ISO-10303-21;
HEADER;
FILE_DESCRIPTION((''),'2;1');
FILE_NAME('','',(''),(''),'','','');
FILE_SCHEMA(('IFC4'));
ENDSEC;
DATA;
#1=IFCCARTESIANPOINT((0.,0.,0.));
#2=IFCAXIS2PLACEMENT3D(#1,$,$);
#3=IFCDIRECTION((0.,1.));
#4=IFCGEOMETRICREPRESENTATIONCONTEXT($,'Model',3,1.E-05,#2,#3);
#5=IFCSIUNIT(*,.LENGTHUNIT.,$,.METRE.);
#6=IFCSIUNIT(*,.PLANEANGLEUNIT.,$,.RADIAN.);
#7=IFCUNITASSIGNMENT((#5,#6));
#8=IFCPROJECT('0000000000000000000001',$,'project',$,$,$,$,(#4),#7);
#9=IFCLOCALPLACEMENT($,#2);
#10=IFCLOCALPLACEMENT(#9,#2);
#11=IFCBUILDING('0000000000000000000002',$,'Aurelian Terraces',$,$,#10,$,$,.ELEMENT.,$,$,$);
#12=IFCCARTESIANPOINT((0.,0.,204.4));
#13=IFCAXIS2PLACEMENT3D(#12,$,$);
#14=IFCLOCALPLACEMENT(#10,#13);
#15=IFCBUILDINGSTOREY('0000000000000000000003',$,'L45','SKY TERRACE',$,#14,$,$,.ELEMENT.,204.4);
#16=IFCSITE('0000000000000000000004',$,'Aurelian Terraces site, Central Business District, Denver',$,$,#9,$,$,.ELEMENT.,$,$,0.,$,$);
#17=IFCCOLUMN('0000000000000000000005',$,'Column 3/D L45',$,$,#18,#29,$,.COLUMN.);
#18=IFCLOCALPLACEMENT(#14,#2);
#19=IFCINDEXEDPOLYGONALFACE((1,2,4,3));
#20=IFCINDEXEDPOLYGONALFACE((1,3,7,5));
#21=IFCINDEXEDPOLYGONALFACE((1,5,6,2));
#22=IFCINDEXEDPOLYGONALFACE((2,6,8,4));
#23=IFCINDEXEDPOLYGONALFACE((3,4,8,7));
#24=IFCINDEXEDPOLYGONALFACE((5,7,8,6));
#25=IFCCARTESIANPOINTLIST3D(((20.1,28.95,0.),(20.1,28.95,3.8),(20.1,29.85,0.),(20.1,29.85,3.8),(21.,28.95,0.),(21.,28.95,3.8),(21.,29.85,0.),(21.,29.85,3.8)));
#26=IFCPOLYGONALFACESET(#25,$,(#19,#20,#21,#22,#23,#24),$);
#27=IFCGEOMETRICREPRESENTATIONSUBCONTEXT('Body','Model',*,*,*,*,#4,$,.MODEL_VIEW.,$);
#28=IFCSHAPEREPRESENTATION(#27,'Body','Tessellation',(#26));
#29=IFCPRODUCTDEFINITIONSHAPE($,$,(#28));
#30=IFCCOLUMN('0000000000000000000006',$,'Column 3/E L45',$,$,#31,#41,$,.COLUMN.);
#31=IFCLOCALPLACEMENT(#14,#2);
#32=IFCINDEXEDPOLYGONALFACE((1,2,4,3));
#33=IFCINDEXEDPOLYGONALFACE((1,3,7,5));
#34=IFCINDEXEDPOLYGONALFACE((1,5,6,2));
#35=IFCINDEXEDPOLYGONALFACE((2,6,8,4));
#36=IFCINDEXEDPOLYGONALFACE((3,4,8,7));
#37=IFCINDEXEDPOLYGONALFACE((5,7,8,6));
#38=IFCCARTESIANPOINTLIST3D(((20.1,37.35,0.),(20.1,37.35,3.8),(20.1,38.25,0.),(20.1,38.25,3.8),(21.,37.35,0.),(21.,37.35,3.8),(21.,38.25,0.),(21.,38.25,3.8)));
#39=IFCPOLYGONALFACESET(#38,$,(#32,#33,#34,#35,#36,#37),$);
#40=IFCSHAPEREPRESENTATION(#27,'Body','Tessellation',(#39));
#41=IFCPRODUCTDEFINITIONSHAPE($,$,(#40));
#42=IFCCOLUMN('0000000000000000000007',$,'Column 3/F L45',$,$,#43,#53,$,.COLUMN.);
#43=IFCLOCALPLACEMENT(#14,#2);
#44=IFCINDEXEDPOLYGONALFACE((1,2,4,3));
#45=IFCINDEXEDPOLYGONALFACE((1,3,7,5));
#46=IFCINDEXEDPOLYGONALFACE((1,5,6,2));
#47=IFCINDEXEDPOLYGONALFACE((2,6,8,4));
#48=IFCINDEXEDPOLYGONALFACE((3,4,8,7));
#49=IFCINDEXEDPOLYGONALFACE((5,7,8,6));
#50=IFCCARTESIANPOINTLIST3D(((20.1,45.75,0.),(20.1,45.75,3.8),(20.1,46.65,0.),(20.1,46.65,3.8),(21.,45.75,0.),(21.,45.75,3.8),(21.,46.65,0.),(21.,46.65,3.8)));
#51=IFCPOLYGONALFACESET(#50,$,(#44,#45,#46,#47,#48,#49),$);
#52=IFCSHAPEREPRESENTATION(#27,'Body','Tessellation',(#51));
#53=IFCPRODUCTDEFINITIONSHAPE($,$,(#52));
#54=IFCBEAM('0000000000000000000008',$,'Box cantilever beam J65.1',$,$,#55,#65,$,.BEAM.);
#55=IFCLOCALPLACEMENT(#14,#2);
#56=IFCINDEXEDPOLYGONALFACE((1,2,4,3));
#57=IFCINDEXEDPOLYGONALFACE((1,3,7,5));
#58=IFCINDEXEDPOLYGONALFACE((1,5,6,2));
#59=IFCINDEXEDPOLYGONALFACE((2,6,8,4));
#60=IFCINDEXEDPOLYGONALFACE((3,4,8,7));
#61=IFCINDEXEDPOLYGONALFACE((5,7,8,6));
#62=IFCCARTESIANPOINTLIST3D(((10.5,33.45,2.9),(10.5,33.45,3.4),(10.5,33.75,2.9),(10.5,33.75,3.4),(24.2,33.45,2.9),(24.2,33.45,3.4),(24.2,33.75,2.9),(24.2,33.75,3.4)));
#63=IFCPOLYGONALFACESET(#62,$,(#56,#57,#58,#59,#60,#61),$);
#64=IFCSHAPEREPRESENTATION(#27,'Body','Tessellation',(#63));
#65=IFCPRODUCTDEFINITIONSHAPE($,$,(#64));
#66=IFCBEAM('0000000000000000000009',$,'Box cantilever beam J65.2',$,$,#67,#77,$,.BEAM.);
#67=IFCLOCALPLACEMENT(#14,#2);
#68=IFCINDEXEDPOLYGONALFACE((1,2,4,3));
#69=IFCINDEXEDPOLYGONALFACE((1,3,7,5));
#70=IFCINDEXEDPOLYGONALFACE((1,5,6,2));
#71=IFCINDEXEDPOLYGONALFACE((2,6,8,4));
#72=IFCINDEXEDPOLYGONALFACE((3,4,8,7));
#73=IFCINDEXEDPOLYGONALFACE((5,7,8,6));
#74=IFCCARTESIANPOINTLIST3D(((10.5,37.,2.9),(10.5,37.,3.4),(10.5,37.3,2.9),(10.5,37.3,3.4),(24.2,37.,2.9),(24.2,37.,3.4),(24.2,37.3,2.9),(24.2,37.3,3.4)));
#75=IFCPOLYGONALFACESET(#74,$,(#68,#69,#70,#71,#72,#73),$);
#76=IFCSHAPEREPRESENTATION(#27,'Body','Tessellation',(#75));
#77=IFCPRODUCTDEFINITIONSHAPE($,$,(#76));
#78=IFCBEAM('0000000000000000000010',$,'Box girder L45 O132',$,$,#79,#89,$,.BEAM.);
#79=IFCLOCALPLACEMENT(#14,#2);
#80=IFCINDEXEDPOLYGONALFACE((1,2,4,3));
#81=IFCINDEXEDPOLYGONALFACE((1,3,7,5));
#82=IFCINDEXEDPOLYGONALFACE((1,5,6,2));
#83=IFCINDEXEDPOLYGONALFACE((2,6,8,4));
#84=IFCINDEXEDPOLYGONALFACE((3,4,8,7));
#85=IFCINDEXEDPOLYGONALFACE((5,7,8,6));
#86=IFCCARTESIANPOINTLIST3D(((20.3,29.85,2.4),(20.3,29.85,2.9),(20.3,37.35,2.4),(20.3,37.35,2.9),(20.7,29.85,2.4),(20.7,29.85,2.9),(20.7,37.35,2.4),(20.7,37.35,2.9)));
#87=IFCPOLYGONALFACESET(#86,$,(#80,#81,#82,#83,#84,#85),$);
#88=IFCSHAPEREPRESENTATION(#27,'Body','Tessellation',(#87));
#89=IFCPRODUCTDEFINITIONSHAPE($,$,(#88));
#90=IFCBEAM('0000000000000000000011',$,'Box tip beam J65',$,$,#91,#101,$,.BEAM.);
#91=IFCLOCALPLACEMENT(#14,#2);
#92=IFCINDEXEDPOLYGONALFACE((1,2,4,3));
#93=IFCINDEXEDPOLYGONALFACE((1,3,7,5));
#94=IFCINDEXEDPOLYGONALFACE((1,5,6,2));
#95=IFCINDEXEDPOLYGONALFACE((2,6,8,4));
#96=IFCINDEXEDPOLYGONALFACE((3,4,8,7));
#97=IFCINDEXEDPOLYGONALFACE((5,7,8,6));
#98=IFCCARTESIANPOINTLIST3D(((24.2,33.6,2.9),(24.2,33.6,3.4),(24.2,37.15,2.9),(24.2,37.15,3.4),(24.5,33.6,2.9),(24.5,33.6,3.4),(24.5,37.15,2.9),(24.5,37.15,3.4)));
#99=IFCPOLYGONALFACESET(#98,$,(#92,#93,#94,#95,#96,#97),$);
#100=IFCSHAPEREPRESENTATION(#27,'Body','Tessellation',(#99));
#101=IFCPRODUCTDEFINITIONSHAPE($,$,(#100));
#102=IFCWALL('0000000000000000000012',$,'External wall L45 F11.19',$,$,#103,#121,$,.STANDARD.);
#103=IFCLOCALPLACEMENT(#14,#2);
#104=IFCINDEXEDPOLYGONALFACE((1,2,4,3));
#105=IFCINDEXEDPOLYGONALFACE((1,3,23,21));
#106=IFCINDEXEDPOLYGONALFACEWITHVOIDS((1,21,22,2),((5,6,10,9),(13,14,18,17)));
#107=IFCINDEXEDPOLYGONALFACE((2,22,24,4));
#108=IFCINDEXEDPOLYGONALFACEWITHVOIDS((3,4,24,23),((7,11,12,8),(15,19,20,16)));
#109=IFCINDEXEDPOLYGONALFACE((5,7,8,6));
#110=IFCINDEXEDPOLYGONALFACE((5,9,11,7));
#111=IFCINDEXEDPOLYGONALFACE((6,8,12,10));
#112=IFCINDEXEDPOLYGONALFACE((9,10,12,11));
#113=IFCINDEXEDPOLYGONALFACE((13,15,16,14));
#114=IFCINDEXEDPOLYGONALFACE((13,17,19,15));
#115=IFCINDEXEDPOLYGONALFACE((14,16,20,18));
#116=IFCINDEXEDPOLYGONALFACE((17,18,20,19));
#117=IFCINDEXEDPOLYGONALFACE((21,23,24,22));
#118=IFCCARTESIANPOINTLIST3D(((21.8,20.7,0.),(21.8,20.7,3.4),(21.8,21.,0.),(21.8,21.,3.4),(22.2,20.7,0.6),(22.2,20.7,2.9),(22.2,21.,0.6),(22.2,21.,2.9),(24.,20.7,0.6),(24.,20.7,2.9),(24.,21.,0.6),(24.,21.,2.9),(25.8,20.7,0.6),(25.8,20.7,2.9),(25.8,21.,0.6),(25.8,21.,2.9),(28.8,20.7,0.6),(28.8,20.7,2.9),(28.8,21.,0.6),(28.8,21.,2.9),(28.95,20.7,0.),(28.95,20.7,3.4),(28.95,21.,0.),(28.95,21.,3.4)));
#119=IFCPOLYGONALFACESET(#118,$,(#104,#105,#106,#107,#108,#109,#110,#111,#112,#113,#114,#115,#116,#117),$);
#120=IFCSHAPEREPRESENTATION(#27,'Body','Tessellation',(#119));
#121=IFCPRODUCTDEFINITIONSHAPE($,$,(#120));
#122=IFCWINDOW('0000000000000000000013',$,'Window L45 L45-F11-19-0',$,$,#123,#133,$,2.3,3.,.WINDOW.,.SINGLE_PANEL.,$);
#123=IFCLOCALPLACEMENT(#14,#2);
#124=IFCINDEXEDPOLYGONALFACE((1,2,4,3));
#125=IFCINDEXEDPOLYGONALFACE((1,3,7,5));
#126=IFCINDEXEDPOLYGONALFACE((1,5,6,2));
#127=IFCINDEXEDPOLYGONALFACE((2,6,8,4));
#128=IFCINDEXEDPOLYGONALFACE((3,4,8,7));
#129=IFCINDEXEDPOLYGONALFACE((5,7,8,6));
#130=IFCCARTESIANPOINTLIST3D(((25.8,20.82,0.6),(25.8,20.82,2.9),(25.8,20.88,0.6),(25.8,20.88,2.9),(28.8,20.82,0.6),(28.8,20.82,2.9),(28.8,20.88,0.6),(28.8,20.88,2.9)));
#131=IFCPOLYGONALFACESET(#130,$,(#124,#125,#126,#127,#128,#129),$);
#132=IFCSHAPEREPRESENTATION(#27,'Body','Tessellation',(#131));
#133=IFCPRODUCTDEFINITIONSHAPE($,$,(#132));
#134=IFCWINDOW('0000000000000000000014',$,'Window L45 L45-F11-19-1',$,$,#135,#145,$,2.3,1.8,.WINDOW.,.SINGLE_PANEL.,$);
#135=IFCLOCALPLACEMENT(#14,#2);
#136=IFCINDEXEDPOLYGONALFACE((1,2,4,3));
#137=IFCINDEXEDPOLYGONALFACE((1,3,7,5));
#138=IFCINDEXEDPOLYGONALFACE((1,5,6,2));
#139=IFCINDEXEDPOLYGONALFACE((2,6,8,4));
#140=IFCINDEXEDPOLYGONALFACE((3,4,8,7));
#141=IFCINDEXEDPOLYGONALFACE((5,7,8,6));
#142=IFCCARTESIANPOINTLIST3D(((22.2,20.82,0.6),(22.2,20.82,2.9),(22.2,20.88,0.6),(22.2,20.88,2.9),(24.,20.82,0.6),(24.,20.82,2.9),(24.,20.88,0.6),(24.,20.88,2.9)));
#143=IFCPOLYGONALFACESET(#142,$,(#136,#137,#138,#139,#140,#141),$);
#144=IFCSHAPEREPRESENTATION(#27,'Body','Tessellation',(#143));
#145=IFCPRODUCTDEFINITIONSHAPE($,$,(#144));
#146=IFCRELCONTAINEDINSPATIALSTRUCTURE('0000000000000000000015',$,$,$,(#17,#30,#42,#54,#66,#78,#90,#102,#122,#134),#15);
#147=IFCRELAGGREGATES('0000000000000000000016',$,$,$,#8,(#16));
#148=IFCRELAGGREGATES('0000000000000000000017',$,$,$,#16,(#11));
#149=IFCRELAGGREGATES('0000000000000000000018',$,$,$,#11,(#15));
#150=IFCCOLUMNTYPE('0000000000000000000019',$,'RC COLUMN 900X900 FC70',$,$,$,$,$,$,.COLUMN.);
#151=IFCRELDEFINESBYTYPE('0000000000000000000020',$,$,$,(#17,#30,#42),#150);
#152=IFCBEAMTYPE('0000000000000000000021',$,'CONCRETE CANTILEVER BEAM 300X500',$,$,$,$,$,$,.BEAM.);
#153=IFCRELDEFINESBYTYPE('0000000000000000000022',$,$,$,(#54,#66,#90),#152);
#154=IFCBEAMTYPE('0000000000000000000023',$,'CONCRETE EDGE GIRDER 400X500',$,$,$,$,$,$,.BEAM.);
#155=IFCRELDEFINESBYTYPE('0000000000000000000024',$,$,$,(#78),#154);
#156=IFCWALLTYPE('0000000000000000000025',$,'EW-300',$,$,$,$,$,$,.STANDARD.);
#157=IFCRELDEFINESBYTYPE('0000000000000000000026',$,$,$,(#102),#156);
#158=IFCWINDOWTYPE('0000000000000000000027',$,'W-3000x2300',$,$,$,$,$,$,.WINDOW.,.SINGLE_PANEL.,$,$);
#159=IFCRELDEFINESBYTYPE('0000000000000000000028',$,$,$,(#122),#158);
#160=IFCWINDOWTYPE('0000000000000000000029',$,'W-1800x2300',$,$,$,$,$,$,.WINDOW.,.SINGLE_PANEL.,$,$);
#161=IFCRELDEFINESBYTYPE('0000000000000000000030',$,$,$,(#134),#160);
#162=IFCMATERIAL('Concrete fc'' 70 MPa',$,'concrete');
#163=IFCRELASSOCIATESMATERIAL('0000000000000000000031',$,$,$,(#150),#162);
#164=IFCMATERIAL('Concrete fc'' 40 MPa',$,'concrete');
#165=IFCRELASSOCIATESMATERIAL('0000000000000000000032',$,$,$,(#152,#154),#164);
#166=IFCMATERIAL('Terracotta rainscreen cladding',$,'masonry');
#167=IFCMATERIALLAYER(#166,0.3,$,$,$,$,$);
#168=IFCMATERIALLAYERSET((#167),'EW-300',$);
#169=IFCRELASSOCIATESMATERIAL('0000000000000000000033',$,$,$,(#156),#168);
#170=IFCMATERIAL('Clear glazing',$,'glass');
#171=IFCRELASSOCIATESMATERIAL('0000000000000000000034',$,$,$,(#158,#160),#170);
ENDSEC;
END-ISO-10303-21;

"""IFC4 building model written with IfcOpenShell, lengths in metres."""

from ifc_helpers import new_model, si_unit, direction, frame, frame_2d, origin, origin_2d, place, context, subcontext, project, spatial, rectangle, extrude, source, transform, mapped, material, layer, layer_set, material_profile, profile_set, type_object, element, fill, save


model = new_model("IFC4")

# Units and contexts
model_context = context("Model", 3, precision=1e-05, world=origin(), true_north=direction((0.0, 1.0)))
body_context = subcontext(model_context, "Body", "Model", "MODEL_VIEW")
ifc_project = project(units=[si_unit("LENGTHUNIT", "METRE"), si_unit("PLANEANGLEUNIT", "RADIAN")], contexts=[model_context])

# Site, building, storey
site_placement = place(None, origin())
site = spatial("IfcSite", under=ifc_project, at=site_placement, Name="Aurelian Terraces site, Central Business District, Denver", CompositionType="ELEMENT", RefElevation=0.0)
building_placement = place(site_placement, origin())
building = spatial("IfcBuilding", under=site, at=building_placement, Name="Aurelian Terraces", CompositionType="ELEMENT")
storey_placement = place(building_placement, frame((0.0, 0.0, 204.4)))
storey = spatial("IfcBuildingStorey", under=building, at=storey_placement, Name="L45", Description="SKY TERRACE", CompositionType="ELEMENT", Elevation=204.4)

# Columns
ifc_material_1 = material(Name="Concrete fc' 70 MPa", Category="concrete")
ifc_material_profile_1 = material_profile(ifc_material_1, rectangle(XDim=0.9, YDim=0.9, at=origin_2d()))
ifc_profile_set_1 = profile_set([ifc_material_profile_1], Name="Concrete fc' 70 MPa")
column_type = type_object("IfcColumnType", Name="RC COLUMN 900X900 FC70", PredefinedType="COLUMN", material=ifc_profile_set_1)
shared_shape_1 = source(origin(), body_context, "Body", "SweptSolid", [
    extrude(rectangle(XDim=0.9, YDim=0.9, at=origin_2d()), origin(), (0.0, 0.0, 1.0), 3.8),
])
for number, where, z_axis, x_axis, name in (
    (1, (20.55, 29.4, 0.0), (0.0, 0.0, 1.0), (1.0, 0.0, 0.0), "Column 3/D L45"),
    (2, (20.55, 37.8, 0.0), (0.0, 0.0, 1.0), (1.0, 0.0, 0.0), "Column 3/E L45"),
    (3, (20.55, 46.2, 0.0), (0.0, 0.0, 1.0), (1.0, 0.0, 0.0), "Column 3/F L45"),
):
    element("IfcColumn", number, at=place(storey_placement, frame(where, z_axis=z_axis, x_axis=x_axis)), inside=storey, type_object=column_type, Name=name, PredefinedType="COLUMN", context=body_context, shape_type="MappedRepresentation", body=[
        mapped(shared_shape_1, transform((0.0, 0.0, 0.0), scale=1.0)),
    ])

# Beams
ifc_material_2 = material(Name="Concrete fc' 40 MPa", Category="concrete")
ifc_material_profile_2 = material_profile(ifc_material_2, rectangle(XDim=0.3, YDim=0.5, at=origin_2d()))
ifc_profile_set_2 = profile_set([ifc_material_profile_2], Name="Concrete fc' 40 MPa")
beam_type_1 = type_object("IfcBeamType", Name="CONCRETE CANTILEVER BEAM 300X500", PredefinedType="BEAM", material=ifc_profile_set_2)
shared_shape_2 = source(origin(), body_context, "Body", "SweptSolid", [
    extrude(rectangle(XDim=0.3, YDim=0.5, at=origin_2d()), origin(), (0.0, 0.0, 1.0), 13.7),
])
for number, where, z_axis, x_axis, name in (
    (4, (24.2, 33.6, 3.15), (-1.0, 0.0, 0.0), (0.0, -1.0, 0.0), "Box cantilever beam J65.1"),
    (5, (24.2, 37.15, 3.15), (-1.0, 0.0, 0.0), (0.0, -1.0, 0.0), "Box cantilever beam J65.2"),
):
    element("IfcBeam", number, at=place(storey_placement, frame(where, z_axis=z_axis, x_axis=x_axis)), inside=storey, type_object=beam_type_1, Name=name, PredefinedType="BEAM", context=body_context, shape_type="MappedRepresentation", body=[
        mapped(shared_shape_2, transform((0.0, 0.0, 0.0), scale=1.0)),
    ])
ifc_material_profile_3 = material_profile(ifc_material_2, rectangle(XDim=0.4, YDim=0.5, at=origin_2d()))
ifc_profile_set_3 = profile_set([ifc_material_profile_3], Name="Concrete fc' 40 MPa")
beam_type_2 = type_object("IfcBeamType", Name="CONCRETE EDGE GIRDER 400X500", PredefinedType="BEAM", material=ifc_profile_set_3)
shared_shape_3 = source(origin(), body_context, "Body", "SweptSolid", [
    extrude(rectangle(XDim=0.4, YDim=0.5, at=origin_2d()), origin(), (0.0, 0.0, 1.0), 7.5),
])
beam_1_placement = place(storey_placement, frame((20.5, 29.85, 2.65), z_axis=(0.0, 1.0, 0.0), x_axis=(-1.0, 0.0, 0.0)))
element("IfcBeam", 6, at=beam_1_placement, inside=storey, type_object=beam_type_2, Name="Box girder L45 O132", PredefinedType="BEAM", context=body_context, shape_type="MappedRepresentation", body=[
    mapped(shared_shape_3, transform((0.0, 0.0, 0.0), scale=1.0)),
])
shared_shape_4 = source(origin(), body_context, "Body", "SweptSolid", [
    extrude(rectangle(XDim=0.3, YDim=0.5, at=origin_2d()), origin(), (0.0, 0.0, 1.0), 3.55),
])
beam_2_placement = place(storey_placement, frame((24.35, 33.6, 3.15), z_axis=(0.0, 1.0, 0.0), x_axis=(-1.0, 0.0, 0.0)))
element("IfcBeam", 7, at=beam_2_placement, inside=storey, type_object=beam_type_1, Name="Box tip beam J65", PredefinedType="BEAM", context=body_context, shape_type="MappedRepresentation", body=[
    mapped(shared_shape_4, transform((0.0, 0.0, 0.0), scale=1.0)),
])

# Wall, openings, windows
ifc_material_3 = material(Name="Terracotta rainscreen cladding", Category="masonry")
ifc_layer_1 = layer(ifc_material_3, 0.3)
ifc_layer_set_1 = layer_set([ifc_layer_1], Name="EW-300")
wall_type_1 = type_object("IfcWallType", Name="EW-300", PredefinedType="STANDARD", material=ifc_layer_set_1)
shared_shape_5 = source(origin(), body_context, "Body", "SweptSolid", [
    extrude(rectangle(XDim=7.15, YDim=0.3, at=frame_2d((3.575, 0.0))), origin(), (0.0, 0.0, 1.0), 3.4),
])
wall_1_placement = place(storey_placement, frame((28.95, 20.85, 0.0), z_axis=(0.0, 0.0, 1.0), x_axis=(-1.0, 0.0, 0.0)))
wall_1 = element("IfcWall", 8, at=wall_1_placement, inside=storey, type_object=wall_type_1, Name="External wall L45 F11.19", PredefinedType="STANDARD", context=body_context, shape_type="MappedRepresentation", body=[
    mapped(shared_shape_5, transform((0.0, 0.0, 0.0), scale=1.0)),
])
shared_shape_6 = source(origin(), body_context, "Body", "SweptSolid", [
    extrude(rectangle(XDim=3.0, YDim=2.3, at=frame_2d((1.5, 1.15))), frame((0.0, 0.16, 0.0), z_axis=(0.0, -1.0, 0.0), x_axis=(1.0, 0.0, 0.0)), (0.0, 0.0, 1.0), 0.32),
])
opening_1_placement = place(wall_1_placement, frame((0.15, 0.0, 0.6)))
opening_1 = element("IfcOpeningElement", 9, at=opening_1_placement, cuts=wall_1, PredefinedType="OPENING", context=body_context, shape_type="MappedRepresentation", body=[
    mapped(shared_shape_6, transform((0.0, 0.0, 0.0), scale=1.0)),
])
shared_shape_7 = source(origin(), body_context, "Body", "SweptSolid", [
    extrude(rectangle(XDim=1.8, YDim=2.3, at=frame_2d((0.9, 1.15))), frame((0.0, 0.16, 0.0), z_axis=(0.0, -1.0, 0.0), x_axis=(1.0, 0.0, 0.0)), (0.0, 0.0, 1.0), 0.32),
])
opening_2_placement = place(wall_1_placement, frame((4.95, 0.0, 0.6)))
opening_2 = element("IfcOpeningElement", 10, at=opening_2_placement, cuts=wall_1, PredefinedType="OPENING", context=body_context, shape_type="MappedRepresentation", body=[
    mapped(shared_shape_7, transform((0.0, 0.0, 0.0), scale=1.0)),
])
ifc_material_4 = material(Name="Clear glazing", Category="glass")
window_type_1 = type_object("IfcWindowType", Name="W-3000x2300", PartitioningType="SINGLE_PANEL", PredefinedType="WINDOW", material=ifc_material_4)
shared_shape_8 = source(origin(), body_context, "Body", "SweptSolid", [
    extrude(rectangle(XDim=3.0, YDim=2.3, at=frame_2d((1.5, 1.15))), frame((0.0, 0.03, 0.0), z_axis=(0.0, -1.0, 0.0), x_axis=(1.0, 0.0, 0.0)), (0.0, 0.0, 1.0), 0.06),
])
window_1_placement = place(opening_1_placement, origin())
window_1 = element("IfcWindow", 11, at=window_1_placement, inside=storey, type_object=window_type_1, Name="Window L45 L45-F11-19-0", OverallHeight=2.3, OverallWidth=3.0, PartitioningType="SINGLE_PANEL", PredefinedType="WINDOW", context=body_context, shape_type="MappedRepresentation", body=[
    mapped(shared_shape_8, transform((0.0, 0.0, 0.0), scale=1.0)),
])
fill(opening_1, window_1)
window_type_2 = type_object("IfcWindowType", Name="W-1800x2300", PartitioningType="SINGLE_PANEL", PredefinedType="WINDOW", material=ifc_material_4)
shared_shape_9 = source(origin(), body_context, "Body", "SweptSolid", [
    extrude(rectangle(XDim=1.8, YDim=2.3, at=frame_2d((0.9, 1.15))), frame((0.0, 0.03, 0.0), z_axis=(0.0, -1.0, 0.0), x_axis=(1.0, 0.0, 0.0)), (0.0, 0.0, 1.0), 0.06),
])
window_2_placement = place(opening_2_placement, origin())
window_2 = element("IfcWindow", 12, at=window_2_placement, inside=storey, type_object=window_type_2, Name="Window L45 L45-F11-19-1", OverallHeight=2.3, OverallWidth=1.8, PartitioningType="SINGLE_PANEL", PredefinedType="WINDOW", context=body_context, shape_type="MappedRepresentation", body=[
    mapped(shared_shape_9, transform((0.0, 0.0, 0.0), scale=1.0)),
])
fill(opening_2, window_2)

save(model, "model.ifc")
